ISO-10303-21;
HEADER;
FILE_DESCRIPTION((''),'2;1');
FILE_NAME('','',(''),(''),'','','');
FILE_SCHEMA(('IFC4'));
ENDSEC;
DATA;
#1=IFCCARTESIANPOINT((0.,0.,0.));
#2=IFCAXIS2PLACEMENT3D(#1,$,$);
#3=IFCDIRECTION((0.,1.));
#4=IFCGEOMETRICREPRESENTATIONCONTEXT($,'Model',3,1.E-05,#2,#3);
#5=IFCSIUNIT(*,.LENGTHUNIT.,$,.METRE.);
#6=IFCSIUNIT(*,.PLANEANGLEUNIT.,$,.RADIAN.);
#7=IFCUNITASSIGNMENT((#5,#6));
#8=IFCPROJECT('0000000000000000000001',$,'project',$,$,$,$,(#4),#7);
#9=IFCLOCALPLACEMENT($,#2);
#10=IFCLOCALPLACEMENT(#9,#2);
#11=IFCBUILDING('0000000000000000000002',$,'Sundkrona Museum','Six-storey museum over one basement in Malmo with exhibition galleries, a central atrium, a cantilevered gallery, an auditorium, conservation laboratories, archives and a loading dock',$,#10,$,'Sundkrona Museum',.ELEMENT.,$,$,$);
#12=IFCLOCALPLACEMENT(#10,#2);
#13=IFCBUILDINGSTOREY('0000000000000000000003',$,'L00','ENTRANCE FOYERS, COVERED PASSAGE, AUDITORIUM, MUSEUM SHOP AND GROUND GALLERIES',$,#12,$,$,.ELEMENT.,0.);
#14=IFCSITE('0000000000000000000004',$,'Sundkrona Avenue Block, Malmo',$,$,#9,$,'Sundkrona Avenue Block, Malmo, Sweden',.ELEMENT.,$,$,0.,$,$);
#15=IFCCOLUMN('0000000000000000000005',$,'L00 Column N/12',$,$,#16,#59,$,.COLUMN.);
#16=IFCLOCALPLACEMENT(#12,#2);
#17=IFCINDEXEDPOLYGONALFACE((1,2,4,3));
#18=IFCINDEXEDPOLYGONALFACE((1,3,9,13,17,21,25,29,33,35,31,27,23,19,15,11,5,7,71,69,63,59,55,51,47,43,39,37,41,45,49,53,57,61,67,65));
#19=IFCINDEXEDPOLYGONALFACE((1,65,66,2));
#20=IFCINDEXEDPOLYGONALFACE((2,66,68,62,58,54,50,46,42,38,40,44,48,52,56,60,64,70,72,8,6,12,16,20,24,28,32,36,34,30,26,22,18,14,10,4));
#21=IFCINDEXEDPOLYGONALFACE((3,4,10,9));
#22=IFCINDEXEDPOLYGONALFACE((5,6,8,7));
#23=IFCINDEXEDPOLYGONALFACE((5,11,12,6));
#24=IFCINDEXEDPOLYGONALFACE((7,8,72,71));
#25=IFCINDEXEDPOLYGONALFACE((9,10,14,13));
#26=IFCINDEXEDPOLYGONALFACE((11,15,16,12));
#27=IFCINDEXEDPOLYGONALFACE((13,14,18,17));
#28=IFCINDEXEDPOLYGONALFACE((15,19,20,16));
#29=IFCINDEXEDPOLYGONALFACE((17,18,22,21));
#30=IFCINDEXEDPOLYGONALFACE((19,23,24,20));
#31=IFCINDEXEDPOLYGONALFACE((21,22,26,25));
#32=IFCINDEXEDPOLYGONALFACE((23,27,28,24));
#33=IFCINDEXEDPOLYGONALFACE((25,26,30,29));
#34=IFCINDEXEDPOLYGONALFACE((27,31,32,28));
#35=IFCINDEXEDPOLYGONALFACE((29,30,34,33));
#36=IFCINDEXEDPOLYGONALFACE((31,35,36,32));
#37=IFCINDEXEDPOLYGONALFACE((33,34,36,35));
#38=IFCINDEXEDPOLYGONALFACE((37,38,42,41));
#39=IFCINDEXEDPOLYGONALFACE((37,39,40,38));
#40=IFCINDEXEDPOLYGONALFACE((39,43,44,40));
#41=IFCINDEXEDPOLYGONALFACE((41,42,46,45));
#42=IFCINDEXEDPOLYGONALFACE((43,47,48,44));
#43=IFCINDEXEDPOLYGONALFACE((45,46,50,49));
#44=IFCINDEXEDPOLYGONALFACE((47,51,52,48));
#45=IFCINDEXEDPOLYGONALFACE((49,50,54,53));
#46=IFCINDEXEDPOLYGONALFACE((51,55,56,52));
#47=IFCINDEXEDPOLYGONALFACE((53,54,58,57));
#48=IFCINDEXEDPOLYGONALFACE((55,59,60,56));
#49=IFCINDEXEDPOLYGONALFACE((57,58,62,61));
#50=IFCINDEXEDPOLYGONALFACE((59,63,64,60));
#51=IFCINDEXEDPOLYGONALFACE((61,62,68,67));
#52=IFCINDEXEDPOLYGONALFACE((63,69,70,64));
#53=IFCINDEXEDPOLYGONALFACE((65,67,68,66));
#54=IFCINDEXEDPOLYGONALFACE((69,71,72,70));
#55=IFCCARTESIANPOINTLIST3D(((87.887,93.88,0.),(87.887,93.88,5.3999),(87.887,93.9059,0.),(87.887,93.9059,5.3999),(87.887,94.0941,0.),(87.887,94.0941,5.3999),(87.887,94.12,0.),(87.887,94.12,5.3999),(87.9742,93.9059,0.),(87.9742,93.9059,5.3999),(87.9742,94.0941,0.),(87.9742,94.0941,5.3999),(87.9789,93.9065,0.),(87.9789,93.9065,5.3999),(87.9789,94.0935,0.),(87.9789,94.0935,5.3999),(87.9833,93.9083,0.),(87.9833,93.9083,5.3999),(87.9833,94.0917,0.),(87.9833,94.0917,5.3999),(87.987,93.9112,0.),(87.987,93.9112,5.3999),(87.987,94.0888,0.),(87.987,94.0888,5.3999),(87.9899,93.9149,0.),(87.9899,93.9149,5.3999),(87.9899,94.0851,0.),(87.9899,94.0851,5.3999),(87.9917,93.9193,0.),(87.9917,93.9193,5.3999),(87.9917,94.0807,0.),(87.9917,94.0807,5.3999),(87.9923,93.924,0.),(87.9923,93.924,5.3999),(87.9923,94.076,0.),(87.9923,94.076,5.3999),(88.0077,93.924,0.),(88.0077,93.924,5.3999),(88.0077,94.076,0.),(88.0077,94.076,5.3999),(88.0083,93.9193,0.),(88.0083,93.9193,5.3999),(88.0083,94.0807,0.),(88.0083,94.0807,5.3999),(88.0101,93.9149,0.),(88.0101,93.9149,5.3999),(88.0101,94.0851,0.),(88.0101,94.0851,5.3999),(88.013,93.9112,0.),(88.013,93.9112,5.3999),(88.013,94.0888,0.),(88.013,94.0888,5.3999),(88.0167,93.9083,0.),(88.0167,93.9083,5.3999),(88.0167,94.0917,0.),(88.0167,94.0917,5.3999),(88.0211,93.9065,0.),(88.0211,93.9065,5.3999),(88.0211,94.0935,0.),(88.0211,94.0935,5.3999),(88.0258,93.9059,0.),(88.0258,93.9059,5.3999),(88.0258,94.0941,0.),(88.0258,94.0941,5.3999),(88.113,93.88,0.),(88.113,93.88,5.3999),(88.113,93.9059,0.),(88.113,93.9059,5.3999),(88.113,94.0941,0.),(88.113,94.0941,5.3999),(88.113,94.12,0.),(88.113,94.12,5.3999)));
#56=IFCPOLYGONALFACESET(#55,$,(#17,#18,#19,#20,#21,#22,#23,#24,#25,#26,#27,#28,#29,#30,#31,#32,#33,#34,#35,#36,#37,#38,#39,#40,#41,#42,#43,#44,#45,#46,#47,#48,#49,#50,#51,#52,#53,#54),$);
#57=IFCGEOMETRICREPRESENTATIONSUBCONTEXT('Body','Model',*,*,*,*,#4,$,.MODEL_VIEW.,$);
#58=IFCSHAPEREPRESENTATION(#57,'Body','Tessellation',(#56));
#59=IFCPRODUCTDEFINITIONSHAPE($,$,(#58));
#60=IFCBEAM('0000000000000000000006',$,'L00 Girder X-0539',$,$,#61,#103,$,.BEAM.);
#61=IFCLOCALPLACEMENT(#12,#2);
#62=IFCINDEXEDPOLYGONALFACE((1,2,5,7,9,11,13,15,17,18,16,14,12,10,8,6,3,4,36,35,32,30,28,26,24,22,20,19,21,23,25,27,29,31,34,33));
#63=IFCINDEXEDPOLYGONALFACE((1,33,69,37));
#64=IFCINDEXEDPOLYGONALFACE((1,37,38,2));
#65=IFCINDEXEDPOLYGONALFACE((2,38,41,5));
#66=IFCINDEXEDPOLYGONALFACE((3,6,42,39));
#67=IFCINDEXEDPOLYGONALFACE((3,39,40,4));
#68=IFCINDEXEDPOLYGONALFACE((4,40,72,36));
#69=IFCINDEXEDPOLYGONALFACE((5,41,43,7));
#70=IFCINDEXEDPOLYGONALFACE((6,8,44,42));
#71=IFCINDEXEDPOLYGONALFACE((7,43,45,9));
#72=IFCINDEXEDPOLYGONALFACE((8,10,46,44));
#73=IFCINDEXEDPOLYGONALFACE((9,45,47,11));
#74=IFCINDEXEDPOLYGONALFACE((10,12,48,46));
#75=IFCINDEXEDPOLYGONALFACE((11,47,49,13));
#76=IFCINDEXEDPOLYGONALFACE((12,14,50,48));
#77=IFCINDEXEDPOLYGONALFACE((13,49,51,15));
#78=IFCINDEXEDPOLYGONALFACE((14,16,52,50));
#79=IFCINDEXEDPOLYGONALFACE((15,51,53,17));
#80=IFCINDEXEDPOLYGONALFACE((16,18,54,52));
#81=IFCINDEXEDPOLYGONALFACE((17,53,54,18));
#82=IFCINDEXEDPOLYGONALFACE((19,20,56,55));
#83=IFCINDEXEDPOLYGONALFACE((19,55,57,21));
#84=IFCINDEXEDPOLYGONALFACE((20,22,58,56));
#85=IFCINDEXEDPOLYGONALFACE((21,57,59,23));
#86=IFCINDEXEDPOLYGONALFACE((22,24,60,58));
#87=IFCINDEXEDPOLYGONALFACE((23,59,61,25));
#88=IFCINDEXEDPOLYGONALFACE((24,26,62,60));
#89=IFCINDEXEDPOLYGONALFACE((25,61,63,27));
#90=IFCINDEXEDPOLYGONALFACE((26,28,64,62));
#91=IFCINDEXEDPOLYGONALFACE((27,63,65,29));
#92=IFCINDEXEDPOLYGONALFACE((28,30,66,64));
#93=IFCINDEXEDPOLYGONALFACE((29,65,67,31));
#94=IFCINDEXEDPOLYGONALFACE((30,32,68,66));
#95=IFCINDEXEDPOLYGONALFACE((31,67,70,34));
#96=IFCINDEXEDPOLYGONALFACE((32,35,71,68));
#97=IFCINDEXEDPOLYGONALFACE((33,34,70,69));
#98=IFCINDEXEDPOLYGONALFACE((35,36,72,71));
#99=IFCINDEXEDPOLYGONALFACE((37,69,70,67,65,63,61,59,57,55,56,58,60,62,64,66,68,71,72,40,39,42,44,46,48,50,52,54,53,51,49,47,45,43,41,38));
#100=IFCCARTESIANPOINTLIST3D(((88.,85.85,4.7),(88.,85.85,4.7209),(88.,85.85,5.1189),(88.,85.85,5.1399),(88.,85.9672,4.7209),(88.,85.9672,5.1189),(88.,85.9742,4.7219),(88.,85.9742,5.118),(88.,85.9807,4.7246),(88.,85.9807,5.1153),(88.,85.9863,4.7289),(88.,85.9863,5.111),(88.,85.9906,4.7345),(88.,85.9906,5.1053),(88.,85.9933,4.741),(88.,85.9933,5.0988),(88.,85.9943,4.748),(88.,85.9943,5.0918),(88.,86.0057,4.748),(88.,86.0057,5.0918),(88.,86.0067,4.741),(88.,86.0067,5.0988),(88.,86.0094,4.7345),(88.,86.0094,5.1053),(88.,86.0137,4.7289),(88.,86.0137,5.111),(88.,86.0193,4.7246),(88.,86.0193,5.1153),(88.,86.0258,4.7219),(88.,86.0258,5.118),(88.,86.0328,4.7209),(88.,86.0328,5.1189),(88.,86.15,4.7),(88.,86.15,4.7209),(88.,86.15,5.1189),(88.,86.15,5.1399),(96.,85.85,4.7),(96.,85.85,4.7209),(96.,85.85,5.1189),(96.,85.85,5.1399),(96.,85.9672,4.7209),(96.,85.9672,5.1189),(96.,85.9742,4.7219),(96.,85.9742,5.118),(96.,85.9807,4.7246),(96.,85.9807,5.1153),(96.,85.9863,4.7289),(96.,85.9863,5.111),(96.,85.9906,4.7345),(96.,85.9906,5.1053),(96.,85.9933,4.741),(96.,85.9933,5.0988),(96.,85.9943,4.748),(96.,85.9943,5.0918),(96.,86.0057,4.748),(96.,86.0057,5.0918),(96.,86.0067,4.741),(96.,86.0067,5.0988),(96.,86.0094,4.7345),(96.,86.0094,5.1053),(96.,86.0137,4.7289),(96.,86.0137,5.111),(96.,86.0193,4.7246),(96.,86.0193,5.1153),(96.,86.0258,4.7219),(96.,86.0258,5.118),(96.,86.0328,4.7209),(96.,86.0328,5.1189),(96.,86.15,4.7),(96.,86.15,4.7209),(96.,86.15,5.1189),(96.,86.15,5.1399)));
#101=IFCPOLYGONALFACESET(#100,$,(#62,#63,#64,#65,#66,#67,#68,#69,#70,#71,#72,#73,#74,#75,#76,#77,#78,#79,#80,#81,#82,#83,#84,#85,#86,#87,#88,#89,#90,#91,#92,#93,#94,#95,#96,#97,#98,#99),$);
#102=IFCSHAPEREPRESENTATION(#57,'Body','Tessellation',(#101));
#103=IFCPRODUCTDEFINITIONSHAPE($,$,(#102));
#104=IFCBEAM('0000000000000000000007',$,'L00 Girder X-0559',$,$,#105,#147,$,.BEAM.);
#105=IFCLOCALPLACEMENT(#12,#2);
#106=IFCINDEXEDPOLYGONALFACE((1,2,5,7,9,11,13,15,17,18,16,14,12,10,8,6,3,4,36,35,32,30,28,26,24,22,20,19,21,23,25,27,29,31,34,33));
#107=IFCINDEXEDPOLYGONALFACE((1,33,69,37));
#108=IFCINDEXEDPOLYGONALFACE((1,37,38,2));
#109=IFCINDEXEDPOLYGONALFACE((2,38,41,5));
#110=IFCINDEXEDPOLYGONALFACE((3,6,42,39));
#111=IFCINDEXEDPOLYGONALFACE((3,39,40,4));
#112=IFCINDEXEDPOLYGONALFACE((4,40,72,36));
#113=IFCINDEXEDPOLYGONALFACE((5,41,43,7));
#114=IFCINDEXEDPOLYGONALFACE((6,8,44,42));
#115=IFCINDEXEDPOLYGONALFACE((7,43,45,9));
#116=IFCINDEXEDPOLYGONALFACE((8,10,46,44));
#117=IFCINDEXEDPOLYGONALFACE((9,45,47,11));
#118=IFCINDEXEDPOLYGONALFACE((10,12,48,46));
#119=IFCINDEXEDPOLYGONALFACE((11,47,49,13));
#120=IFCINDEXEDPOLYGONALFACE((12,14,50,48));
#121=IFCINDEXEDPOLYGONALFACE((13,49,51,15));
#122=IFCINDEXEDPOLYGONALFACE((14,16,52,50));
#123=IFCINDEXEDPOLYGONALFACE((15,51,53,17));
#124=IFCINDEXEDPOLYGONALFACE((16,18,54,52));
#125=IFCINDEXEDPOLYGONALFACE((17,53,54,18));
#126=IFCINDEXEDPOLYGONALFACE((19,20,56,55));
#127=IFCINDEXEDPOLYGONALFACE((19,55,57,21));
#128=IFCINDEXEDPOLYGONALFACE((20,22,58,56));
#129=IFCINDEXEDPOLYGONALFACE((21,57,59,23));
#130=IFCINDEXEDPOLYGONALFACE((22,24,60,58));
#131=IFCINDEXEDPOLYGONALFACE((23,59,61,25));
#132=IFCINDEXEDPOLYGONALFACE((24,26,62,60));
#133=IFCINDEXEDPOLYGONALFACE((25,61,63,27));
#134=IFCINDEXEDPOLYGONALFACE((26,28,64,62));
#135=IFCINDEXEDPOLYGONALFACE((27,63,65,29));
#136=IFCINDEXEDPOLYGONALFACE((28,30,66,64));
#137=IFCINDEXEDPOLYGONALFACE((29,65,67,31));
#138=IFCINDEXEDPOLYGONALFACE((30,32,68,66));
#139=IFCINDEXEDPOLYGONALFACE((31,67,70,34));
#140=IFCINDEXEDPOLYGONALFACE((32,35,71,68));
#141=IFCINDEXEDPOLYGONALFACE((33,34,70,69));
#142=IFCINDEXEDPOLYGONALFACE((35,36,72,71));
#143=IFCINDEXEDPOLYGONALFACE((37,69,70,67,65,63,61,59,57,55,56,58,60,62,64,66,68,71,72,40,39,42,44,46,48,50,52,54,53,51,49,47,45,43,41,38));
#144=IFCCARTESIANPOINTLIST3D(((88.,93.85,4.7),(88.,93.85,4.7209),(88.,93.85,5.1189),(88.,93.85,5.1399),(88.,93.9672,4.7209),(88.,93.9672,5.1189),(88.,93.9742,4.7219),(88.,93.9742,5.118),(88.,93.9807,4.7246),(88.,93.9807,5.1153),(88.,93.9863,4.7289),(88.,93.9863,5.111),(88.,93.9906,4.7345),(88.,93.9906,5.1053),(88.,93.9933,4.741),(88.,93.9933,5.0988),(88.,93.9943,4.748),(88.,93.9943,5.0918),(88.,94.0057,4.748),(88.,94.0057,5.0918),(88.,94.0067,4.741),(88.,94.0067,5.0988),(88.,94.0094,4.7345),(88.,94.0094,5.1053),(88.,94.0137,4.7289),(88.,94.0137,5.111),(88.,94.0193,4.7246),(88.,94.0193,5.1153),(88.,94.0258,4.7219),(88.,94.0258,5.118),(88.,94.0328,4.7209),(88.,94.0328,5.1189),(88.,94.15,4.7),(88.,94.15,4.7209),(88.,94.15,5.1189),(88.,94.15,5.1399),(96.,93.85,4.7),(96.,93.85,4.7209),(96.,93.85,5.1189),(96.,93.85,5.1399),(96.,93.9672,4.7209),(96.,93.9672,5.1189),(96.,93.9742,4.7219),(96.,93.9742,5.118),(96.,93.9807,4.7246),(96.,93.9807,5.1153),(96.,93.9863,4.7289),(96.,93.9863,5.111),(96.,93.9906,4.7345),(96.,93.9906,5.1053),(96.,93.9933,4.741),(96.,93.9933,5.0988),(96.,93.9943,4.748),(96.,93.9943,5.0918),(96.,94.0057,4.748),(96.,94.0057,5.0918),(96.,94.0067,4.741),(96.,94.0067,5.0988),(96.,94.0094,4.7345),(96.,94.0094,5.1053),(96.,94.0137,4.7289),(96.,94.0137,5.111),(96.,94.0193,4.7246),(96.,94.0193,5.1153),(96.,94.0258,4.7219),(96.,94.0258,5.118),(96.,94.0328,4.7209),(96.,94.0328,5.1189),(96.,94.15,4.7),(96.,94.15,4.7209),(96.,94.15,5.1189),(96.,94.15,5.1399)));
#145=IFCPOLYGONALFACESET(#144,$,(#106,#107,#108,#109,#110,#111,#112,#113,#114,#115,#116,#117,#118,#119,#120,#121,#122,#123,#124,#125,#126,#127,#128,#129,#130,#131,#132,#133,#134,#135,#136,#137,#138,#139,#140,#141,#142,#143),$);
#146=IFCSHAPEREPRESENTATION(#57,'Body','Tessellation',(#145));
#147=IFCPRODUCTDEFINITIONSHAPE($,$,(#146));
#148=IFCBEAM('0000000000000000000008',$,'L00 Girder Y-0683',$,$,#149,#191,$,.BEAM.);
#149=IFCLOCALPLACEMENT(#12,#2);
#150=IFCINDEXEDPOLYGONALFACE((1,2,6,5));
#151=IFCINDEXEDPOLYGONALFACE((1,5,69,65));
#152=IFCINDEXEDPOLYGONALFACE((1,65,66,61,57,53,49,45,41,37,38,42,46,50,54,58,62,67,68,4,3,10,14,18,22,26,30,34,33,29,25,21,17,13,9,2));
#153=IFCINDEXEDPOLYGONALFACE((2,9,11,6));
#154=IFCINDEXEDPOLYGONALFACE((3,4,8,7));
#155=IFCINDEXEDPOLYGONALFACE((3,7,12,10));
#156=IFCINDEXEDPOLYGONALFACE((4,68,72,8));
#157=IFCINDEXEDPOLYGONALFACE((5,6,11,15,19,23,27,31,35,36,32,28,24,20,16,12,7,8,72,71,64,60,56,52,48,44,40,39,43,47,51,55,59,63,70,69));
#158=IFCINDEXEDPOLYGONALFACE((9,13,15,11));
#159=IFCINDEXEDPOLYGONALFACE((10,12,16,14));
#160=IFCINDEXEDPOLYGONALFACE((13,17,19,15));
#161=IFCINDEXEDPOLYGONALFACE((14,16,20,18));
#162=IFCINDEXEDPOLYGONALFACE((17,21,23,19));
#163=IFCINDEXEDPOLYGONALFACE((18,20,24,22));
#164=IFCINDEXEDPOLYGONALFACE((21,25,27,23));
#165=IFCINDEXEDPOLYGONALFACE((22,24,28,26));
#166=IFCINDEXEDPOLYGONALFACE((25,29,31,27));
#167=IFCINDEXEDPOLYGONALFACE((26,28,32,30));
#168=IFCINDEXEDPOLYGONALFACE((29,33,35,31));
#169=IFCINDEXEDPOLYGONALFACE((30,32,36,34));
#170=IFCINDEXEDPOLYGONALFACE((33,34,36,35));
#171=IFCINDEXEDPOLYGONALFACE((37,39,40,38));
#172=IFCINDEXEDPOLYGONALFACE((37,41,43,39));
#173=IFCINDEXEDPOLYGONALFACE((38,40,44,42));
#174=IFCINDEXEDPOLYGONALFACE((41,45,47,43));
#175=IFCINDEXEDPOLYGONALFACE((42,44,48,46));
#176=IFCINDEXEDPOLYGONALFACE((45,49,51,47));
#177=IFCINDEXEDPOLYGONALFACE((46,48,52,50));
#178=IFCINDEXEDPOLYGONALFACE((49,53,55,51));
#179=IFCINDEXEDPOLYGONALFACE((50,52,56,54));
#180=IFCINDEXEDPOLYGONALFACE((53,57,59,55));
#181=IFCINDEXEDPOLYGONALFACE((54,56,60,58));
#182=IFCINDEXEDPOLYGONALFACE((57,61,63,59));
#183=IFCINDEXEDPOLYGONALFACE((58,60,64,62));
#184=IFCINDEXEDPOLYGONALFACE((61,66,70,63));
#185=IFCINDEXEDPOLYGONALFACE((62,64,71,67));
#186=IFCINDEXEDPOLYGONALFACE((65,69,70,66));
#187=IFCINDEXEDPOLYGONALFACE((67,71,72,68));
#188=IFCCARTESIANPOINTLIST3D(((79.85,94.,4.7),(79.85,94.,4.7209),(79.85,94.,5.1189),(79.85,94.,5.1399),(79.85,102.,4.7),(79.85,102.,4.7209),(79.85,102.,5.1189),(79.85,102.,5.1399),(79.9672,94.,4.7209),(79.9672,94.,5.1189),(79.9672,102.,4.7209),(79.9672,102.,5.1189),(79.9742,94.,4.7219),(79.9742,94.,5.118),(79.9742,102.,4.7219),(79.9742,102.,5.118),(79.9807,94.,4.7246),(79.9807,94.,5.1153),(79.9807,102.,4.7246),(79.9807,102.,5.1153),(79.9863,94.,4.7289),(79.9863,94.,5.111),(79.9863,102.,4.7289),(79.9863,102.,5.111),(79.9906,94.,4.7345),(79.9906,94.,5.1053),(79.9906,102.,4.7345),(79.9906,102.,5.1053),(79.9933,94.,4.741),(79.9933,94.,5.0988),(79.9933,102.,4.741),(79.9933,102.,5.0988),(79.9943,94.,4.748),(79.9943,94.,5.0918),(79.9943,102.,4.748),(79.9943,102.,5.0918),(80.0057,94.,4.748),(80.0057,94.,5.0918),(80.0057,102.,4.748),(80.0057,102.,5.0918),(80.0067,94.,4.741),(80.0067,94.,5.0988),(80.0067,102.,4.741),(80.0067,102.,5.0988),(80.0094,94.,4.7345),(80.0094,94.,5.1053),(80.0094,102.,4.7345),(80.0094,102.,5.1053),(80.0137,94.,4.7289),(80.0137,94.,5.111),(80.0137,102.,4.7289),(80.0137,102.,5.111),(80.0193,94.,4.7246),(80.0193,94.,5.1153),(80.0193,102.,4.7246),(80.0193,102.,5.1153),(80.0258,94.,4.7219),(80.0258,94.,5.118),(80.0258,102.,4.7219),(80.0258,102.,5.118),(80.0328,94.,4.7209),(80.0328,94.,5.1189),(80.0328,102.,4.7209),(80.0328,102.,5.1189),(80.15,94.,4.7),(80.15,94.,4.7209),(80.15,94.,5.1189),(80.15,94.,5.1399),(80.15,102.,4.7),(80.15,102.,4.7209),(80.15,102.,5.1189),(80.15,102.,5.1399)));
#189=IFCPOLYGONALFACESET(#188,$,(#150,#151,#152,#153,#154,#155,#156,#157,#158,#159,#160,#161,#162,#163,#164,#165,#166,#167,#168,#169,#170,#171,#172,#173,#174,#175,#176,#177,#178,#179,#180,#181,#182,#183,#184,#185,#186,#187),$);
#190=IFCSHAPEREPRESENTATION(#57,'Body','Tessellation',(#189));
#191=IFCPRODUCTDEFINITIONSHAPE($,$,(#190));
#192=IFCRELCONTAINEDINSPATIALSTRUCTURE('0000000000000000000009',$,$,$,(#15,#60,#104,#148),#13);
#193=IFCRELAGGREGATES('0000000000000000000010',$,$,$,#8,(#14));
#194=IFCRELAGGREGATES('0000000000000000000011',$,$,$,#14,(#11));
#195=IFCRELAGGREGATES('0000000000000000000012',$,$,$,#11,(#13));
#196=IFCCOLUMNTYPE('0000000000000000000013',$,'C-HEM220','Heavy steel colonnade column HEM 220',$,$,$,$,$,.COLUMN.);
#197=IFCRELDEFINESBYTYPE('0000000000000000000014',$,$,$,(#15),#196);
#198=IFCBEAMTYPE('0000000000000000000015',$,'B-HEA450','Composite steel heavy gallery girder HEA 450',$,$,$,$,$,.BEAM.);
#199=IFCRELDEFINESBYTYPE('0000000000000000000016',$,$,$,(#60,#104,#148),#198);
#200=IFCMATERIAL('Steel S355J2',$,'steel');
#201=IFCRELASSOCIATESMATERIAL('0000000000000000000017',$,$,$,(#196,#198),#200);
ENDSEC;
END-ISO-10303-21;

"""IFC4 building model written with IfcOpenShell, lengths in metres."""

from ifc_helpers import new_model, si_unit, direction, frame, origin, origin_2d, place, context, subcontext, project, spatial, i_section, extrude, material, material_profile, profile_set, type_object, element, save


model = new_model("IFC4")

# Units and contexts
model_context = context("Model", 3, precision=1e-05, world=origin(), true_north=direction((0.0, 1.0)))
body_context = subcontext(model_context, "Body", "Model", "MODEL_VIEW")
ifc_project = project(units=[si_unit("LENGTHUNIT", "METRE"), si_unit("PLANEANGLEUNIT", "RADIAN")], contexts=[model_context])

# Site, building, storey
site_placement = place(None, origin())
site = spatial("IfcSite", under=ifc_project, at=site_placement, Name="Sundkrona Avenue Block, Malmo", LongName="Sundkrona Avenue Block, Malmo, Sweden", CompositionType="ELEMENT", RefElevation=0.0)
building_placement = place(site_placement, origin())
building = spatial("IfcBuilding", under=site, at=building_placement, Name="Sundkrona Museum", Description="Six-storey museum over one basement in Malmo with exhibition galleries, a central atrium, a cantilevered gallery, an auditorium, conservation laboratories, archives and a loading dock", LongName="Sundkrona Museum", CompositionType="ELEMENT")
storey_placement = place(building_placement, origin())
storey = spatial("IfcBuildingStorey", under=building, at=storey_placement, Name="L00", Description="ENTRANCE FOYERS, COVERED PASSAGE, AUDITORIUM, MUSEUM SHOP AND GROUND GALLERIES", CompositionType="ELEMENT", Elevation=0.0)

# Column
ifc_material_1 = material(Name="Steel S355J2", Category="steel")
ifc_material_profile_1 = material_profile(ifc_material_1, i_section(OverallWidth=0.2261, OverallDepth=0.24, WebThickness=0.0154, FlangeThickness=0.0259, FilletRadius=0.0181, at=origin_2d()), Name="HEM 220")
ifc_profile_set_1 = profile_set([ifc_material_profile_1], Name="Steel S355J2")
column_type_1 = type_object("IfcColumnType", Name="C-HEM220", Description="Heavy steel colonnade column HEM 220", PredefinedType="COLUMN", material=ifc_profile_set_1)
for number, where, z_axis, x_axis, name in (
    (1, (88.0, 94.0, 0.0), (0.0, 0.0, 1.0), (1.0, 0.0, 0.0), "L00 Column N/12"),
):
    element("IfcColumn", number, at=place(storey_placement, frame(where, z_axis=z_axis, x_axis=x_axis)), inside=storey, type_object=column_type_1, Name=name, PredefinedType="COLUMN", context=body_context, shape_type="SweptSolid", body=[
        extrude(i_section(OverallWidth=0.2261, OverallDepth=0.24, WebThickness=0.0154, FlangeThickness=0.0259, FilletRadius=0.0181, at=origin_2d()), origin(), (0.0, 0.0, 1.0), 5.3999),
    ])

# Beams
ifc_material_profile_2 = material_profile(ifc_material_1, i_section(OverallWidth=0.3, OverallDepth=0.4399, WebThickness=0.0115, FlangeThickness=0.021, FilletRadius=0.0271, at=origin_2d()), Name="HEA 450")
ifc_profile_set_2 = profile_set([ifc_material_profile_2], Name="Steel S355J2")
beam_type_1 = type_object("IfcBeamType", Name="B-HEA450", Description="Composite steel heavy gallery girder HEA 450", PredefinedType="BEAM", material=ifc_profile_set_2)
for number, where, z_axis, x_axis, name in (
    (2, (88.0, 86.0, 4.9199), (1.0, 0.0, 0.0), (0.0, 1.0, 0.0), "L00 Girder X-0539"),
    (3, (88.0, 94.0, 4.9199), (1.0, 0.0, 0.0), (0.0, 1.0, 0.0), "L00 Girder X-0559"),
    (4, (80.0, 94.0, 4.9199), (0.0, 1.0, 0.0), (-1.0, 0.0, 0.0), "L00 Girder Y-0683"),
):
    element("IfcBeam", number, at=place(storey_placement, frame(where, z_axis=z_axis, x_axis=x_axis)), inside=storey, type_object=beam_type_1, Name=name, PredefinedType="BEAM", context=body_context, shape_type="SweptSolid", body=[
        extrude(i_section(OverallWidth=0.3, OverallDepth=0.4399, WebThickness=0.0115, FlangeThickness=0.021, FilletRadius=0.0271, at=origin_2d()), origin(), (0.0, 0.0, 1.0), 8.0),
    ])

save(model, "model.ifc")
